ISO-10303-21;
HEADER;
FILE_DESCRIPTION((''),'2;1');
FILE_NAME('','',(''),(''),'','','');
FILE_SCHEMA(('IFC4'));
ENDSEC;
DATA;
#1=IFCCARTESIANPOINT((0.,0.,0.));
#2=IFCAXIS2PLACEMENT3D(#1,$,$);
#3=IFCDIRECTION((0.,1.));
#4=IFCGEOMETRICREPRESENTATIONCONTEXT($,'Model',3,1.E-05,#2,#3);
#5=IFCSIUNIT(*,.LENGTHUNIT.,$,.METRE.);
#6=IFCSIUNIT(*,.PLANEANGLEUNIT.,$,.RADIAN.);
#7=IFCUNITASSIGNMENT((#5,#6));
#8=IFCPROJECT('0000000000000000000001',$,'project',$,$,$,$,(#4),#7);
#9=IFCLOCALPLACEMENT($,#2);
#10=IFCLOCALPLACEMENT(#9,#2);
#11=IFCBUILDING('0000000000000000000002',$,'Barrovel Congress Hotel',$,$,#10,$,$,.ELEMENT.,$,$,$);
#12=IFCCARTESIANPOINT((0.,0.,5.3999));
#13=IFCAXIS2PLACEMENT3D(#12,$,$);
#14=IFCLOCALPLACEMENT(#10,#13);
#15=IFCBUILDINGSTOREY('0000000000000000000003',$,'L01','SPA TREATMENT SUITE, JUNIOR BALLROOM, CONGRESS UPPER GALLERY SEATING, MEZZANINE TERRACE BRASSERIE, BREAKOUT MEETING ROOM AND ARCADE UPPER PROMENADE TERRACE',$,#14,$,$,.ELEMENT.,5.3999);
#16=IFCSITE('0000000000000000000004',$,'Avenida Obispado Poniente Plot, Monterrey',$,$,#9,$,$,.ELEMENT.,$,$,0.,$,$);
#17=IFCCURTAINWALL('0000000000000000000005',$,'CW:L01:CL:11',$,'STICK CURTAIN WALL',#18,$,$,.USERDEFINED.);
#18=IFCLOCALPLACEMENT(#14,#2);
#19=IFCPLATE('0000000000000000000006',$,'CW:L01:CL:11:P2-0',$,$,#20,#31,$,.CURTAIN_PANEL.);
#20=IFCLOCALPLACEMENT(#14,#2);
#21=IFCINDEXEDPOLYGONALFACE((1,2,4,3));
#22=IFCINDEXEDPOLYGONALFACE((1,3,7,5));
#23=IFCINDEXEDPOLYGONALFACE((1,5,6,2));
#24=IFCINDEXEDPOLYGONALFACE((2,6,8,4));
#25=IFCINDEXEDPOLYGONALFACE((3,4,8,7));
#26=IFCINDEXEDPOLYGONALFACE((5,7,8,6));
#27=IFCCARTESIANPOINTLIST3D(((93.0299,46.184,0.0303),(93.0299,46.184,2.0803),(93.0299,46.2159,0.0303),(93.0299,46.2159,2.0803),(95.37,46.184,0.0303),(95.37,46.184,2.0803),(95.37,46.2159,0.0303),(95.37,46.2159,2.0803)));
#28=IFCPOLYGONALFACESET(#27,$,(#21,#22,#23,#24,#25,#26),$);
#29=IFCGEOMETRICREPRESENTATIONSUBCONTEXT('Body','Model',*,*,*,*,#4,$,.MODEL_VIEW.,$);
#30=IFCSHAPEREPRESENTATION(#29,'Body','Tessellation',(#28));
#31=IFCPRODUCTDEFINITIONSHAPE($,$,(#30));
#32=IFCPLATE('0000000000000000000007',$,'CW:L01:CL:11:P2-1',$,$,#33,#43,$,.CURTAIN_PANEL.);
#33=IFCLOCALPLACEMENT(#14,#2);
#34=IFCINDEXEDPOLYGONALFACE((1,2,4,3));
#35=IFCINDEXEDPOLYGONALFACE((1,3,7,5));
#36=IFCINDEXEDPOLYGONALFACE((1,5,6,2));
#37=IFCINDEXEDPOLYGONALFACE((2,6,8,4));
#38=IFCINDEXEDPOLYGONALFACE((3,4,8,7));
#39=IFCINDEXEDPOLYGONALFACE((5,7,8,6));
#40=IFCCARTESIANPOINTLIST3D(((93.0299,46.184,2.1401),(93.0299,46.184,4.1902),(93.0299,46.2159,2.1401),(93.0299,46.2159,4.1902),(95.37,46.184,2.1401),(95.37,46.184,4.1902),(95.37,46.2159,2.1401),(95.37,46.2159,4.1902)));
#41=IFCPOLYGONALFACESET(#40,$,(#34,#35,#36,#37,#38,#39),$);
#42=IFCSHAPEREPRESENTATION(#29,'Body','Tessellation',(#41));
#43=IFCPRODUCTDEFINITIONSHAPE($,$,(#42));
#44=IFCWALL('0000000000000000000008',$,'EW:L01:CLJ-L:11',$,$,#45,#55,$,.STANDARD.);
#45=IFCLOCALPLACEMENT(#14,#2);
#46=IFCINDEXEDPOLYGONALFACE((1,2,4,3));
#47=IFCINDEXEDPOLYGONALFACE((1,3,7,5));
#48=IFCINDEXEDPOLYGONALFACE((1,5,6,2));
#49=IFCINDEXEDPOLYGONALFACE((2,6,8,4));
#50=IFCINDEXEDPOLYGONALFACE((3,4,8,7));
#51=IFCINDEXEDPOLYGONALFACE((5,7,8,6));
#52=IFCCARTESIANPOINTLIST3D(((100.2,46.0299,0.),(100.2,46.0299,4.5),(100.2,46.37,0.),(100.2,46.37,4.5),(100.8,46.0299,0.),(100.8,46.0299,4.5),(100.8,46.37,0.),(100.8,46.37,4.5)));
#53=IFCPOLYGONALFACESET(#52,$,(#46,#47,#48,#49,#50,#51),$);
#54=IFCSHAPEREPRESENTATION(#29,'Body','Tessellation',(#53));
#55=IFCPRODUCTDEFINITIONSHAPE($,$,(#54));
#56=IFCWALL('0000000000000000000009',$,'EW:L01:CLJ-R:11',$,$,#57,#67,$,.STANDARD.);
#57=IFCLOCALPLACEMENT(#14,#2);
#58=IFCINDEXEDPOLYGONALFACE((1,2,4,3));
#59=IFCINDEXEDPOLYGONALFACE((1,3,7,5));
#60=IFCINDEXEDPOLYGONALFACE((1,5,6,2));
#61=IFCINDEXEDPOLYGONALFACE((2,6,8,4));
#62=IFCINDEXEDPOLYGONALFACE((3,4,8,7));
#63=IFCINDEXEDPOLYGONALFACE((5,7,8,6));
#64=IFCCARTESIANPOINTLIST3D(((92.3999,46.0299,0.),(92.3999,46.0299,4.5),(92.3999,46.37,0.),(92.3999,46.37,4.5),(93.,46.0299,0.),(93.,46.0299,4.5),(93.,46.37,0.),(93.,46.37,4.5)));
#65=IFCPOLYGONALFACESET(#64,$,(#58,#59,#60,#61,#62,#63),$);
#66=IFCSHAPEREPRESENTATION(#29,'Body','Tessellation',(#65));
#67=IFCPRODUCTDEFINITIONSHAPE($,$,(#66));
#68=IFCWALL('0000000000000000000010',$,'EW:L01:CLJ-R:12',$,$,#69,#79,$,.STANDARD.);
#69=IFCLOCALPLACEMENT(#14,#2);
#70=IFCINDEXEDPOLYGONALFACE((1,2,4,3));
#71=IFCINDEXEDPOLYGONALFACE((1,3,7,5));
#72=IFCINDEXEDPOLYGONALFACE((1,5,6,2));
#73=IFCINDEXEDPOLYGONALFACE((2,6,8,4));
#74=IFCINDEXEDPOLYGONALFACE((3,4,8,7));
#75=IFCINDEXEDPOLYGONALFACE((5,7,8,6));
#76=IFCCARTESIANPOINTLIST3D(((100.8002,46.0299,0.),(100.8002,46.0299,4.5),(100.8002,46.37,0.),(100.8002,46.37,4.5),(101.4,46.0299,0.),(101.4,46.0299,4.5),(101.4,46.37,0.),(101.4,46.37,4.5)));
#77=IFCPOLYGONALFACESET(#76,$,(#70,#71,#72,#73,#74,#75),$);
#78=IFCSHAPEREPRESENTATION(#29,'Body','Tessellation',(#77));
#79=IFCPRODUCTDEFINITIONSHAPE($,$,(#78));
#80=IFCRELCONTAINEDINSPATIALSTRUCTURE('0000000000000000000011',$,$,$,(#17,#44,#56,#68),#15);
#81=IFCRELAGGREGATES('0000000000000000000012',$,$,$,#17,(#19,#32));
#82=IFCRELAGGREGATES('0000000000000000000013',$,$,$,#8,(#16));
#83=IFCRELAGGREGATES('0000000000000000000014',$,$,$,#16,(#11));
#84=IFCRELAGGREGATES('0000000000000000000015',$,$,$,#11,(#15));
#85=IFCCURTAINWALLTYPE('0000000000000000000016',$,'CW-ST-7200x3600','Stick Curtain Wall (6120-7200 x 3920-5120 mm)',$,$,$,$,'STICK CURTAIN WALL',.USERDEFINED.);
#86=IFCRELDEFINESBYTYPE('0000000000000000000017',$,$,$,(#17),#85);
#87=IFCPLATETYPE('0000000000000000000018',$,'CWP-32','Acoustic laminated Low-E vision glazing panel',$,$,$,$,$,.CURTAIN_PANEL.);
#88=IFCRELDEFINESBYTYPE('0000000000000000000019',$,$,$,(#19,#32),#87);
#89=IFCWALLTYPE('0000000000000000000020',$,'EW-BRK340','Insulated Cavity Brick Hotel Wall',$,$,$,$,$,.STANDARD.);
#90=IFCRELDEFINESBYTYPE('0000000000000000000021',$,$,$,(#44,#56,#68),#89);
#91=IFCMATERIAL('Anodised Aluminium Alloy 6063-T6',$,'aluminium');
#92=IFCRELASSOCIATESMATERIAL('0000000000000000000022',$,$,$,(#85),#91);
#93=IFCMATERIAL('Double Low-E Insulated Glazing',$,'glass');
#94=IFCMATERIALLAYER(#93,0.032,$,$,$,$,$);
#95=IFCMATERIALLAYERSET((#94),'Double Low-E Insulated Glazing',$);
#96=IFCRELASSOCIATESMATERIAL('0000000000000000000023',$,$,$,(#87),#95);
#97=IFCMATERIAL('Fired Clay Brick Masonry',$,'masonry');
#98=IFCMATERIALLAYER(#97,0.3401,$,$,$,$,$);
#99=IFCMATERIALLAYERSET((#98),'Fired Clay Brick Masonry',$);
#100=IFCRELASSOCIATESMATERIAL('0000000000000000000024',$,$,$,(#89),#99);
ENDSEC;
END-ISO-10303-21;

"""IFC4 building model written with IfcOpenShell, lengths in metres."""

from ifc_helpers import new_model, si_unit, direction, frame, frame_2d, origin, origin_2d, place, context, subcontext, project, spatial, rectangle, extrude, material, layer, layer_set, type_object, element, aggregate, save


model = new_model("IFC4")

# Units and contexts
model_context = context("Model", 3, precision=1e-05, world=origin(), true_north=direction((0.0, 1.0)))
body_context = subcontext(model_context, "Body", "Model", "MODEL_VIEW")
ifc_project = project(units=[si_unit("LENGTHUNIT", "METRE"), si_unit("PLANEANGLEUNIT", "RADIAN")], contexts=[model_context])

# Site, building, storey
site_placement = place(None, origin())
site = spatial("IfcSite", under=ifc_project, at=site_placement, Name="Avenida Obispado Poniente Plot, Monterrey", CompositionType="ELEMENT", RefElevation=0.0)
building_placement = place(site_placement, origin())
building = spatial("IfcBuilding", under=site, at=building_placement, Name="Barrovel Congress Hotel", CompositionType="ELEMENT")
storey_placement = place(building_placement, frame((0.0, 0.0, 5.3999)))
storey = spatial("IfcBuildingStorey", under=building, at=storey_placement, Name="L01", Description="SPA TREATMENT SUITE, JUNIOR BALLROOM, CONGRESS UPPER GALLERY SEATING, MEZZANINE TERRACE BRASSERIE, BREAKOUT MEETING ROOM AND ARCADE UPPER PROMENADE TERRACE", CompositionType="ELEMENT", Elevation=5.3999)

# Curtain wall
ifc_material_1 = material(Name="Anodised Aluminium Alloy 6063-T6", Category="aluminium")
curtain_wall_type = type_object("IfcCurtainWallType", Name="CW-ST-7200x3600", Description="Stick Curtain Wall (6120-7200 x 3920-5120 mm)", ElementType="STICK CURTAIN WALL", PredefinedType="USERDEFINED", material=ifc_material_1)
curtain_wall_1_placement = place(storey_placement, origin())
curtain_wall_1 = element("IfcCurtainWall", 1, at=curtain_wall_1_placement, inside=storey, type_object=curtain_wall_type, Name="CW:L01:CL:11", ObjectType="STICK CURTAIN WALL", PredefinedType="USERDEFINED")

# Plates
ifc_material_2 = material(Name="Double Low-E Insulated Glazing", Category="glass")
ifc_layer_1 = layer(ifc_material_2, 0.032)
ifc_layer_set_1 = layer_set([ifc_layer_1], Name="Double Low-E Insulated Glazing")
plate_type_1 = type_object("IfcPlateType", Name="CWP-32", Description="Acoustic laminated Low-E vision glazing panel", PredefinedType="CURTAIN_PANEL", material=ifc_layer_set_1)
plate_1_placement = place(storey_placement, frame((94.2, 46.2, 0.0303), z_axis=(0.0, 0.0, 1.0), x_axis=(-1.0, 0.0, 0.0)))
plate_1 = element("IfcPlate", 2, at=plate_1_placement, type_object=plate_type_1, Name="CW:L01:CL:11:P2-0", PredefinedType="CURTAIN_PANEL", context=body_context, shape_type="SweptSolid", body=[
    extrude(rectangle(XDim=2.3401, YDim=0.032, at=origin_2d()), origin(), (0.0, 0.0, 1.0), 2.05),
])
plate_2_placement = place(storey_placement, frame((94.2, 46.2, 2.1401), z_axis=(0.0, 0.0, 1.0), x_axis=(-1.0, 0.0, 0.0)))
plate_2 = element("IfcPlate", 3, at=plate_2_placement, type_object=plate_type_1, Name="CW:L01:CL:11:P2-1", PredefinedType="CURTAIN_PANEL", context=body_context, shape_type="SweptSolid", body=[
    extrude(rectangle(XDim=2.3401, YDim=0.032, at=origin_2d()), origin(), (0.0, 0.0, 1.0), 2.05),
])
aggregate(curtain_wall_1, [plate_1, plate_2])

# Walls
ifc_material_3 = material(Name="Fired Clay Brick Masonry", Category="masonry")
ifc_layer_2 = layer(ifc_material_3, 0.3401)
ifc_layer_set_2 = layer_set([ifc_layer_2], Name="Fired Clay Brick Masonry")
wall_type = type_object("IfcWallType", Name="EW-BRK340", Description="Insulated Cavity Brick Hotel Wall", PredefinedType="STANDARD", material=ifc_layer_set_2)
for number, where, z_axis, x_axis, name in (
    (4, (100.8, 46.2, 0.0), (0.0, 0.0, 1.0), (-1.0, 0.0, 0.0), "EW:L01:CLJ-L:11"),
    (5, (93.0, 46.2, 0.0), (0.0, 0.0, 1.0), (-1.0, 0.0, 0.0), "EW:L01:CLJ-R:11"),
):
    element("IfcWall", number, at=place(storey_placement, frame(where, z_axis=z_axis, x_axis=x_axis)), inside=storey, type_object=wall_type, Name=name, PredefinedType="STANDARD", context=body_context, shape_type="SweptSolid", body=[
        extrude(rectangle(XDim=0.6001, YDim=0.3401, at=frame_2d((0.3, 0.0))), origin(), (0.0, 0.0, 1.0), 4.5),
    ])
wall_placement = place(storey_placement, frame((101.3999, 46.2, 0.0), z_axis=(0.0, 0.0, 1.0), x_axis=(-1.0, 0.0, 0.0)))
element("IfcWall", 6, at=wall_placement, inside=storey, type_object=wall_type, Name="EW:L01:CLJ-R:12", PredefinedType="STANDARD", context=body_context, shape_type="SweptSolid", body=[
    extrude(rectangle(XDim=0.5999, YDim=0.3401, at=frame_2d((0.2998, 0.0))), origin(), (0.0, 0.0, 1.0), 4.5),
])

save(model, "model.ifc")
